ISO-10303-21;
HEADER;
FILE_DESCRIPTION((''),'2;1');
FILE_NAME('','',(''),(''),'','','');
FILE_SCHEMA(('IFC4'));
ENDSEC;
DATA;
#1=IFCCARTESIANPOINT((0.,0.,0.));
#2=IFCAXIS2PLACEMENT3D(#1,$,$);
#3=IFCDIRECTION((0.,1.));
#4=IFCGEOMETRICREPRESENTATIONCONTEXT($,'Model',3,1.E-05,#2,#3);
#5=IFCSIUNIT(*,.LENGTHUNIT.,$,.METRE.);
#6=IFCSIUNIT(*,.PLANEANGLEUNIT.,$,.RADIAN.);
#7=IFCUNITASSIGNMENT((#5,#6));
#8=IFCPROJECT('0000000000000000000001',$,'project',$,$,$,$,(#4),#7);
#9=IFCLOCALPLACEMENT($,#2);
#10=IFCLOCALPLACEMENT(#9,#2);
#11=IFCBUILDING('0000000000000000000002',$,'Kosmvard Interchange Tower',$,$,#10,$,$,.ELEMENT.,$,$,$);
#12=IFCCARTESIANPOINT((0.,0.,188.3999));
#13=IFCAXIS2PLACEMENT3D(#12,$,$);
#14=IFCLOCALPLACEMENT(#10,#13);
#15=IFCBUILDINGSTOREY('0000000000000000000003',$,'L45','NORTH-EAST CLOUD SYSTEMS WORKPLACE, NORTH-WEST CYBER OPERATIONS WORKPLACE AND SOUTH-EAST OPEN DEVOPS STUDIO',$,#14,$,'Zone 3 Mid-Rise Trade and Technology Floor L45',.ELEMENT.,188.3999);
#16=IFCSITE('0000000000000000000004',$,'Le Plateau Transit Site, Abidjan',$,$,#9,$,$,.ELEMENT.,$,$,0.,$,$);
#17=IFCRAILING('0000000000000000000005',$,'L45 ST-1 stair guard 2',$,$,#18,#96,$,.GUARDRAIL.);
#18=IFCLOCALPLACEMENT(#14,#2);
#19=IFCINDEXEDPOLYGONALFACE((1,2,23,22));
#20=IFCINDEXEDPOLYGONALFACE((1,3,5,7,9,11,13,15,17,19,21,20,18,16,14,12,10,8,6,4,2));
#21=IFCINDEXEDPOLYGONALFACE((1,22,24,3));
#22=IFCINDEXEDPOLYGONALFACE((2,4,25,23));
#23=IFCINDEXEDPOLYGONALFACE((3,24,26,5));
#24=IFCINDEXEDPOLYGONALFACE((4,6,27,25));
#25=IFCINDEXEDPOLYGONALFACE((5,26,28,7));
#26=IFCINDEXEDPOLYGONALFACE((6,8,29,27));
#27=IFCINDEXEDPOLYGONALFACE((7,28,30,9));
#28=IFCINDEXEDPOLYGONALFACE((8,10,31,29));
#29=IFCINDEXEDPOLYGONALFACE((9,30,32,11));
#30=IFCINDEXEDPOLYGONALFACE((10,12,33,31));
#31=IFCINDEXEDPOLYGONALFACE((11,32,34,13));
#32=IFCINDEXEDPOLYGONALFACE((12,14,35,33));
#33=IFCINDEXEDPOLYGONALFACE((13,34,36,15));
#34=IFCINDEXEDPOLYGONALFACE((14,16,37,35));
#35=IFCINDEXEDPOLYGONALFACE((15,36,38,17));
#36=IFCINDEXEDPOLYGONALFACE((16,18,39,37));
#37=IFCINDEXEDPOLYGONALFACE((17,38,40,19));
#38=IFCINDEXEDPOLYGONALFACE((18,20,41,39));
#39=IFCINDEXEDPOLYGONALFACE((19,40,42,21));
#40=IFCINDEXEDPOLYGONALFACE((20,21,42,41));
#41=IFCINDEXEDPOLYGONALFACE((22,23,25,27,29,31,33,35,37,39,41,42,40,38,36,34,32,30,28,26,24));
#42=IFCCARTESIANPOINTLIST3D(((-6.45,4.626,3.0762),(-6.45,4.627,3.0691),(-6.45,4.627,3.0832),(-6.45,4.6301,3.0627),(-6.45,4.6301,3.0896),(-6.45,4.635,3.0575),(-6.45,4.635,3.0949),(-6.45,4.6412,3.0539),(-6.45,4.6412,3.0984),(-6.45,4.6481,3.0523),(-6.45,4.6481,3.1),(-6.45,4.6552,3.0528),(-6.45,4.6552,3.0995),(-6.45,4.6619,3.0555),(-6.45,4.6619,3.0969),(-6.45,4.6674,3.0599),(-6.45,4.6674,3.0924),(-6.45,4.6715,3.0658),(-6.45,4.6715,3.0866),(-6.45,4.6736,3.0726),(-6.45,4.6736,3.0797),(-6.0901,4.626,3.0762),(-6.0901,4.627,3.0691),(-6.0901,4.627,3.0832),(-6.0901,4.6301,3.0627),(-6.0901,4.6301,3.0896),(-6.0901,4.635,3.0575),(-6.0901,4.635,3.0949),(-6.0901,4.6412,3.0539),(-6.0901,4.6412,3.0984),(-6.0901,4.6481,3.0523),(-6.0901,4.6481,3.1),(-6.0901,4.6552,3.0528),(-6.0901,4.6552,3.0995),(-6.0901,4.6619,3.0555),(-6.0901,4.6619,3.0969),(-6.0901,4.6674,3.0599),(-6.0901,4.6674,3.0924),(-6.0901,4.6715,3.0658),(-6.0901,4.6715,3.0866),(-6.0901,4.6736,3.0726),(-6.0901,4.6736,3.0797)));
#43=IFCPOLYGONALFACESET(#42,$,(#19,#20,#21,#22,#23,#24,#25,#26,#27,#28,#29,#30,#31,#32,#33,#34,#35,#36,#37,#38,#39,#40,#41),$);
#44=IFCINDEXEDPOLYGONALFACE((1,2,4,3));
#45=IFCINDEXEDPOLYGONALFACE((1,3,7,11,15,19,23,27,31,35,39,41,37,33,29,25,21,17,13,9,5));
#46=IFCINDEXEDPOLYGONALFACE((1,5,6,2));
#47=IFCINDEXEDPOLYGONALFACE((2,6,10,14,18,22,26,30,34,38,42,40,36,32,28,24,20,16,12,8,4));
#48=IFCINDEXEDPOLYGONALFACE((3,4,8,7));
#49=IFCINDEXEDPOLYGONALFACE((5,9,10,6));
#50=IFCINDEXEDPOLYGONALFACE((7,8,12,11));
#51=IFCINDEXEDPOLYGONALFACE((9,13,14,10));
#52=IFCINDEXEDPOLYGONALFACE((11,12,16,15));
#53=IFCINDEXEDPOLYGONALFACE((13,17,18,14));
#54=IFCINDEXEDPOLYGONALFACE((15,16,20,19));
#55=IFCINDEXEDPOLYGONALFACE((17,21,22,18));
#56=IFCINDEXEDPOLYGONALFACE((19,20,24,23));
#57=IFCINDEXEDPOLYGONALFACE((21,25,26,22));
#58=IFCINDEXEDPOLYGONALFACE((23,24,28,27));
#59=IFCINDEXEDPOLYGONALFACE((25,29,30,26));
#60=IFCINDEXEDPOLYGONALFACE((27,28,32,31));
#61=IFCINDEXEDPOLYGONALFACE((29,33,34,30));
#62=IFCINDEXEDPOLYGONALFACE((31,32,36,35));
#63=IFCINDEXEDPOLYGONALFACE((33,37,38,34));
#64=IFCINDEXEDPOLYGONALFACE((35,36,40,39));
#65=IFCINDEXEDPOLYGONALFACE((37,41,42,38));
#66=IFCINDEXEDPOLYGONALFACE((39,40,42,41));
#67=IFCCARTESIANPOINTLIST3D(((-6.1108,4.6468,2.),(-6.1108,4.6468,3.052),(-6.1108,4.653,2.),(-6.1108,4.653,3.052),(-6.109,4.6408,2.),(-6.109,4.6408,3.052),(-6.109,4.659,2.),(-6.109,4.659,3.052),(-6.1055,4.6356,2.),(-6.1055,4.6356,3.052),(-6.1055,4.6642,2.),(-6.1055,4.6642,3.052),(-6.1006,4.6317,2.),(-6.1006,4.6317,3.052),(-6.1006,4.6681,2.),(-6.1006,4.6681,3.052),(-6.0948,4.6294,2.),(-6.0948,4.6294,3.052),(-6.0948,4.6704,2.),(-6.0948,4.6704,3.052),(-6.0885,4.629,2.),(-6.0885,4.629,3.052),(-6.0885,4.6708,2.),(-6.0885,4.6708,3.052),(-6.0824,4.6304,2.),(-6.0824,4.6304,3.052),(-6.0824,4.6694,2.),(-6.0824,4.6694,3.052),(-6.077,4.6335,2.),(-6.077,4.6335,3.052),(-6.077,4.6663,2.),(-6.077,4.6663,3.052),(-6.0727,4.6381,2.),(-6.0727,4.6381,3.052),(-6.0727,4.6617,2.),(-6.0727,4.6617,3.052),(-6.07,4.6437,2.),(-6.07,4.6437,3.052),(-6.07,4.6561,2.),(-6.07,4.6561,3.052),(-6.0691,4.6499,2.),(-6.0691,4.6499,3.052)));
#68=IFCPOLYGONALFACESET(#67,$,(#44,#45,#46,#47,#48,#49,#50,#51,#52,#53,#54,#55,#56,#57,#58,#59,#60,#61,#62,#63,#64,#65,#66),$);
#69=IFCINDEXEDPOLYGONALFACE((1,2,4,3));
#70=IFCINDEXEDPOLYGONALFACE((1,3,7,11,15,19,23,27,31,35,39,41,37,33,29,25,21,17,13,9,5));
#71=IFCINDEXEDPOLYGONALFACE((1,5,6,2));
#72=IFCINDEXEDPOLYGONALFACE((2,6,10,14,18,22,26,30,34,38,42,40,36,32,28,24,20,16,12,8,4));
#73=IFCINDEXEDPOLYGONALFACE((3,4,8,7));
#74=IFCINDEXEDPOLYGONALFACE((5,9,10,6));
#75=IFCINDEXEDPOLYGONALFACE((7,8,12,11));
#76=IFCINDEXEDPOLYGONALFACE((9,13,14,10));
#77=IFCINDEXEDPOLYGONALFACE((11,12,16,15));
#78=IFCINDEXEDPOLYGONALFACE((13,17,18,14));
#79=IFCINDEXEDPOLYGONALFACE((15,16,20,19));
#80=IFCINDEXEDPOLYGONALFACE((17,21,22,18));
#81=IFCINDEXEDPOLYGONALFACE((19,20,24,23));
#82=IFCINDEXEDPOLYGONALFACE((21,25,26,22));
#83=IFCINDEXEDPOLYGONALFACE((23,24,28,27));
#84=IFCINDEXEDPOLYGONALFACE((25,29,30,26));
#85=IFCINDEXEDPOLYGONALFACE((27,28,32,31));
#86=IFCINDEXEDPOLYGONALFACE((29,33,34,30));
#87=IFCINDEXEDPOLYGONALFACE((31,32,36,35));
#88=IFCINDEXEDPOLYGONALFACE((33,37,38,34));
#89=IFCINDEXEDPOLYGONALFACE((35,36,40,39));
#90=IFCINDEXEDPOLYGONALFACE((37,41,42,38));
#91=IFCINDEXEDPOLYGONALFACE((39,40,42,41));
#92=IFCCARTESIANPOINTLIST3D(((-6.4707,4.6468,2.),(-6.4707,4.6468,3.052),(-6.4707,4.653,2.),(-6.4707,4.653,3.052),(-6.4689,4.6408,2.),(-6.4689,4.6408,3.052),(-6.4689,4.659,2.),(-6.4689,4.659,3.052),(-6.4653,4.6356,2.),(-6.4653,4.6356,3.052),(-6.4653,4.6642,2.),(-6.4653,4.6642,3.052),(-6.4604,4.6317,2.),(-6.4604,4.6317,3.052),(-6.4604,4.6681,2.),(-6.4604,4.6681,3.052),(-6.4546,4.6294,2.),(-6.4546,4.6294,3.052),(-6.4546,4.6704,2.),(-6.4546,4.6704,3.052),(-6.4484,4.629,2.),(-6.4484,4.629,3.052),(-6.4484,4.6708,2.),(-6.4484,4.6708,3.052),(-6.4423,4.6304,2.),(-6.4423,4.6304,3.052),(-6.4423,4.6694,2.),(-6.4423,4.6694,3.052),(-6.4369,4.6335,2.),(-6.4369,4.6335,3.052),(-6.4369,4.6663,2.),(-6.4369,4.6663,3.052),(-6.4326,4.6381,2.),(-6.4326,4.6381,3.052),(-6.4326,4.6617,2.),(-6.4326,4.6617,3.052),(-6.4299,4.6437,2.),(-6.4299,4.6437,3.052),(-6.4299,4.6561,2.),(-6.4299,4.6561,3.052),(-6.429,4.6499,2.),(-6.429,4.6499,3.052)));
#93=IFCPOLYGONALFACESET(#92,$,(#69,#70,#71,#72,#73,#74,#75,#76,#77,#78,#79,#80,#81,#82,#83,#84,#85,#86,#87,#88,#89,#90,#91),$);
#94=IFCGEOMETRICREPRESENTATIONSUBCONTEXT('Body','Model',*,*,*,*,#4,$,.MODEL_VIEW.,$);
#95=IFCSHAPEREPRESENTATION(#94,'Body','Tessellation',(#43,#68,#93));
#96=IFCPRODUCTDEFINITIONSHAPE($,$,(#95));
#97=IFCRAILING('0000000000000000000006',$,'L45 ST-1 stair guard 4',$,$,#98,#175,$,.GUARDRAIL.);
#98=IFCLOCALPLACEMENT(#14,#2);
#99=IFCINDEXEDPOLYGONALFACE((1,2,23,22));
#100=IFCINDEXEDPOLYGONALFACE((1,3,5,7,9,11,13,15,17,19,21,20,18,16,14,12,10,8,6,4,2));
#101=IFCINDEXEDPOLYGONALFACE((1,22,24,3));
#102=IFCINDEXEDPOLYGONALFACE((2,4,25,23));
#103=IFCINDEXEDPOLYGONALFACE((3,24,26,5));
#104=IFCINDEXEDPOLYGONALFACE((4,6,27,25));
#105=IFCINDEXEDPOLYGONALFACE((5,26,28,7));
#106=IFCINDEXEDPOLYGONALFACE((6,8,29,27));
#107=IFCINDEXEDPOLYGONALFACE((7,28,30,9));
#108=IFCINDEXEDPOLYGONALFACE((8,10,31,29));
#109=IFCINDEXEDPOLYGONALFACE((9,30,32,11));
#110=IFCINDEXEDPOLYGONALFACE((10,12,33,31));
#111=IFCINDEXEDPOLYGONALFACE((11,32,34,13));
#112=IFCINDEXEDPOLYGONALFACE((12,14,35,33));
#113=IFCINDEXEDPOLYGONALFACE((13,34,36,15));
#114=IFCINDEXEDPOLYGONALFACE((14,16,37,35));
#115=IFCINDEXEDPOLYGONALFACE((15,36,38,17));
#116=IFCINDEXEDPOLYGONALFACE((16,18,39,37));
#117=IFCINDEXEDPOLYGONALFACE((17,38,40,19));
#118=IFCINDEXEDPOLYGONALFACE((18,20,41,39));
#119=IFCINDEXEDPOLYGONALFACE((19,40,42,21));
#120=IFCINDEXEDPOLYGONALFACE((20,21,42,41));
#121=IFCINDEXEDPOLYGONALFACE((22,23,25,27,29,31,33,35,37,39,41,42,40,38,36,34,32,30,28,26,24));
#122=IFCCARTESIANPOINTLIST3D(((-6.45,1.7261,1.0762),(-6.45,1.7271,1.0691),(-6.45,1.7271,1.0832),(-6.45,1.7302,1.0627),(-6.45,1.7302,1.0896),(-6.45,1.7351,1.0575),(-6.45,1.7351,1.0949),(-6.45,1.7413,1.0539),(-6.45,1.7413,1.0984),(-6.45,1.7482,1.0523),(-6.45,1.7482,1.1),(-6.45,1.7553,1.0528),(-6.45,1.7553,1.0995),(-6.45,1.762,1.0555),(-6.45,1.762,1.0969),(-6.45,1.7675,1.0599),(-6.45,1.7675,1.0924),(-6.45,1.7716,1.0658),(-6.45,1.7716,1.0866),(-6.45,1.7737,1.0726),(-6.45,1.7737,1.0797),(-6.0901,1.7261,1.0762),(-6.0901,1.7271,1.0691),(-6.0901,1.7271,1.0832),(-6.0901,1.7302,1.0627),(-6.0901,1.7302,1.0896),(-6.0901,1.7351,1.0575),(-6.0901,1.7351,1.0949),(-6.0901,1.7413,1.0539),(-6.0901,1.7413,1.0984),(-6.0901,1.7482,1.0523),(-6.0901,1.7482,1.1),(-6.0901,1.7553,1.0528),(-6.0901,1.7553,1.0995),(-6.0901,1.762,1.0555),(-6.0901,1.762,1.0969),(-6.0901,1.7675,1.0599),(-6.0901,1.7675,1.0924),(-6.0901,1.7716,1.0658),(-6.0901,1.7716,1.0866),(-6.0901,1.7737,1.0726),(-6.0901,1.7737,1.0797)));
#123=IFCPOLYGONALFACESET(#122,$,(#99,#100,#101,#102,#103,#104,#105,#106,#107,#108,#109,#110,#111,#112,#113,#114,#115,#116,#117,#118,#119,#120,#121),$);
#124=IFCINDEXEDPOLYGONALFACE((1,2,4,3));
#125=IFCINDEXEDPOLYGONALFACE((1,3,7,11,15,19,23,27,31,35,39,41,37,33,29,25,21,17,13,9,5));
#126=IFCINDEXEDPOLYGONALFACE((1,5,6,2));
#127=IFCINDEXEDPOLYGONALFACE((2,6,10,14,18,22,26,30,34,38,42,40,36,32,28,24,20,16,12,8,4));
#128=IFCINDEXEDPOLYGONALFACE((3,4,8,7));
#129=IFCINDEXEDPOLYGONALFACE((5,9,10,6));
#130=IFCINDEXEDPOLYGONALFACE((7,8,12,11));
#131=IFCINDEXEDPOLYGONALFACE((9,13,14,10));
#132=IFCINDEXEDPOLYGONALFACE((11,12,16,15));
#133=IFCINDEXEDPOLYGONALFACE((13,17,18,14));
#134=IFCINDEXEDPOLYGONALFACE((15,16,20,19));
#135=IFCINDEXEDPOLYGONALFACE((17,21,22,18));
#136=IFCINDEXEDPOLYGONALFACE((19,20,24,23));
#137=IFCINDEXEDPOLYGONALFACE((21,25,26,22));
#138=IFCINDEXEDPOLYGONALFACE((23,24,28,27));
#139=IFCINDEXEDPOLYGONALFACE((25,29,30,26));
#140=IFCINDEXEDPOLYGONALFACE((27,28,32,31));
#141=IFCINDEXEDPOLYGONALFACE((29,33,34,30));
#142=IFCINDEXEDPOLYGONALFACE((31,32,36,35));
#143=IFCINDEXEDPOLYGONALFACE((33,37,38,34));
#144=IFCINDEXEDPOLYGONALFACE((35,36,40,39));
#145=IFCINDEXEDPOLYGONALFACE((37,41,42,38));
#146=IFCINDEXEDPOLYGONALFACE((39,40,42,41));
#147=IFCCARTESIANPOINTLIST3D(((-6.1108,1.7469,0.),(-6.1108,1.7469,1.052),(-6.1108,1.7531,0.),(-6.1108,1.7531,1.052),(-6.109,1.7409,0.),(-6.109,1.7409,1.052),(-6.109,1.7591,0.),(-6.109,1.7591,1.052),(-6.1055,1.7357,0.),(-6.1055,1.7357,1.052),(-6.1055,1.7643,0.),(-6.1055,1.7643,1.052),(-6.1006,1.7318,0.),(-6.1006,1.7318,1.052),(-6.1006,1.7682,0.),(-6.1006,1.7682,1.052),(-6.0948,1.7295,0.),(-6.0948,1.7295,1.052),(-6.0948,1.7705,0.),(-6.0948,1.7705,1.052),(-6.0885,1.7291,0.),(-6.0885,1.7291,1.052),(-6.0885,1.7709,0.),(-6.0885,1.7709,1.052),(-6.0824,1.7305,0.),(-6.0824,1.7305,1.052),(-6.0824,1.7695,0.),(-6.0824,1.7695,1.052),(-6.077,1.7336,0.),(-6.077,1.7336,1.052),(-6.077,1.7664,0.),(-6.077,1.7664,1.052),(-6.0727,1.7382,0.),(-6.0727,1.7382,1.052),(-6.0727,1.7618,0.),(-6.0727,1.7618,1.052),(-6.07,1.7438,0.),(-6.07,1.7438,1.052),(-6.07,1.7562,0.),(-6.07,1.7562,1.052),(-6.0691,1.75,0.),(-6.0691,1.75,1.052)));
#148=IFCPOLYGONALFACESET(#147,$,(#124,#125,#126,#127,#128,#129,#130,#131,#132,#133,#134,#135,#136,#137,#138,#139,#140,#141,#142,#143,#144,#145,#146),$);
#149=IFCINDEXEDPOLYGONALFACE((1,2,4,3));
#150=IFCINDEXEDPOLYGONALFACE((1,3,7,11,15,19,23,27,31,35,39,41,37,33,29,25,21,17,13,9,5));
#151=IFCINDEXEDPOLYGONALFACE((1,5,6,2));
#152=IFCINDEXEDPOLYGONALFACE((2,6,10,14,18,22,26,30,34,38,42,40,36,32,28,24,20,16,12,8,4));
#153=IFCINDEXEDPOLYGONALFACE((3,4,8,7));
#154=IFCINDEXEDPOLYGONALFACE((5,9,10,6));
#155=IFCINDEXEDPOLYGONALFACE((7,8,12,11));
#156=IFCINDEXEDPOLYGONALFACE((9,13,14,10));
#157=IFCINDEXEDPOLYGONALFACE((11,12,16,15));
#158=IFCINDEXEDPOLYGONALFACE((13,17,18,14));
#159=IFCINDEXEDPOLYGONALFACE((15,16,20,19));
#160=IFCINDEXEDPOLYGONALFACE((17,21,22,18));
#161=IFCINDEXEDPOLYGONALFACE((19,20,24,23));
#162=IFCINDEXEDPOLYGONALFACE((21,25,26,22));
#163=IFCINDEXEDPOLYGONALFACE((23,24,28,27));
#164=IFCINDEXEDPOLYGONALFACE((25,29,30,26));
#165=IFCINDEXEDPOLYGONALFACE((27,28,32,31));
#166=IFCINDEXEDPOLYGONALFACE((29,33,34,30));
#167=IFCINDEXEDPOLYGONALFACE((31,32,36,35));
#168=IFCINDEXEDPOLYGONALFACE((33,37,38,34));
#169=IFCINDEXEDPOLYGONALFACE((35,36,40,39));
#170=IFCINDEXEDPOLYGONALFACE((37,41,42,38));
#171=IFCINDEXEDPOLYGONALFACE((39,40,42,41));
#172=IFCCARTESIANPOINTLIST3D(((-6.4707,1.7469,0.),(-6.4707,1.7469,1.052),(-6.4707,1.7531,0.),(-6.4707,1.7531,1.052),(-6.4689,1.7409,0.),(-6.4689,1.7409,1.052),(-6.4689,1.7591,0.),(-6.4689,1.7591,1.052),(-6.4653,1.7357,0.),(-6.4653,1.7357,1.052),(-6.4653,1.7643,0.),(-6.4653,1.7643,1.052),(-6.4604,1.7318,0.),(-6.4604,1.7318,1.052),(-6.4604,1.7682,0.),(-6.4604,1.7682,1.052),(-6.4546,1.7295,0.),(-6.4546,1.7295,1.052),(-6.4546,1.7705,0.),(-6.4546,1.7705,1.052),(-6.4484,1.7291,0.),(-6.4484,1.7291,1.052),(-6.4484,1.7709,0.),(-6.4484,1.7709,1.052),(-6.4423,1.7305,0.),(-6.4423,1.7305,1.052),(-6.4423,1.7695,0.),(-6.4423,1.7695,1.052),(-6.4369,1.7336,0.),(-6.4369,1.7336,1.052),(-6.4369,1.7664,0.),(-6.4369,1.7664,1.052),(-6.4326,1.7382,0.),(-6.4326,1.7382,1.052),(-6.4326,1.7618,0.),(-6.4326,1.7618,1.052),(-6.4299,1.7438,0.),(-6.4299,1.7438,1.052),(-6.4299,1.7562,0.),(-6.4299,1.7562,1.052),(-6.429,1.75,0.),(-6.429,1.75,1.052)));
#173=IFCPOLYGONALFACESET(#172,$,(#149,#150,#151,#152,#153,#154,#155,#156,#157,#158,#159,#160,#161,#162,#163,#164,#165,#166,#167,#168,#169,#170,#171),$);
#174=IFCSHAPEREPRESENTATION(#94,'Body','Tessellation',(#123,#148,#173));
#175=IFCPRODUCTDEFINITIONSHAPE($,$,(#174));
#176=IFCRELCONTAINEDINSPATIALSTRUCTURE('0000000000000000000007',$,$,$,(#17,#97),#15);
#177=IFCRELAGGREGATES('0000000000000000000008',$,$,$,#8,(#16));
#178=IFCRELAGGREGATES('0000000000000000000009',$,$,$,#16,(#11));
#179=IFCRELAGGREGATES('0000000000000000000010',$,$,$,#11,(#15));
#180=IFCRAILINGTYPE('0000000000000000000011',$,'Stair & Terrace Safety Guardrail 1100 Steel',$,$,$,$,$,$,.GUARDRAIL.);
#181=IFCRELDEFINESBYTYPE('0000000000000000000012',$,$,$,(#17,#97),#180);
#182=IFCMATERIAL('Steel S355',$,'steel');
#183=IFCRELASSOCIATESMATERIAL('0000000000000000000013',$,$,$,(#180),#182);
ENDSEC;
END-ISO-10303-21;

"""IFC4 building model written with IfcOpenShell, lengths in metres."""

from ifc_helpers import new_model, si_unit, direction, frame, origin, origin_2d, place, context, subcontext, project, spatial, circle, extrude, source, transform, mapped, material, type_object, element, save


model = new_model("IFC4")

# Units and contexts
model_context = context("Model", 3, precision=1e-05, world=origin(), true_north=direction((0.0, 1.0)))
body_context = subcontext(model_context, "Body", "Model", "MODEL_VIEW")
ifc_project = project(units=[si_unit("LENGTHUNIT", "METRE"), si_unit("PLANEANGLEUNIT", "RADIAN")], contexts=[model_context])

# Site, building, storey
site_placement = place(None, origin())
site = spatial("IfcSite", under=ifc_project, at=site_placement, Name="Le Plateau Transit Site, Abidjan", CompositionType="ELEMENT", RefElevation=0.0)
building_placement = place(site_placement, origin())
building = spatial("IfcBuilding", under=site, at=building_placement, Name="Kosmvard Interchange Tower", CompositionType="ELEMENT")
storey_placement = place(building_placement, frame((0.0, 0.0, 188.3999)))
storey = spatial("IfcBuildingStorey", under=building, at=storey_placement, Name="L45", Description="NORTH-EAST CLOUD SYSTEMS WORKPLACE, NORTH-WEST CYBER OPERATIONS WORKPLACE AND SOUTH-EAST OPEN DEVOPS STUDIO", LongName="Zone 3 Mid-Rise Trade and Technology Floor L45", CompositionType="ELEMENT", Elevation=188.3999)

# Shared definitions
ifc_material_1 = material(Name="Steel S355", Category="steel")

# Railings
railing_type_1 = type_object("IfcRailingType", Name="Stair & Terrace Safety Guardrail 1100 Steel", PredefinedType="GUARDRAIL", material=ifc_material_1)
shared_shape_1 = source(origin(), body_context, "Body", "SweptSolid", [
    extrude(circle(Radius=0.0239, at=origin_2d()), frame((0.0, 0.0, 1.0762), z_axis=(-1.0, 0.0, 0.0), x_axis=(0.0, -1.0, 0.0)), (0.0, 0.0, 1.0), 0.3599),
    extrude(circle(Radius=0.021, at=origin_2d()), origin(), (0.0, 0.0, 1.0), 1.052),
    extrude(circle(Radius=0.021, at=origin_2d()), frame((-0.3599, 0.0, 0.0)), (0.0, 0.0, 1.0), 1.052),
])
for number, where, name in (
    (1, (-6.0901, 4.6499, 2.0), "L45 ST-1 stair guard 2"),
    (2, (-6.0901, 1.75, 0.0), "L45 ST-1 stair guard 4"),
):
    element("IfcRailing", number, at=place(storey_placement, frame(where)), inside=storey, type_object=railing_type_1, Name=name, PredefinedType="GUARDRAIL", context=body_context, shape_type="MappedRepresentation", body=[
        mapped(shared_shape_1, transform((0.0, 0.0, 0.0), scale=1.0)),
    ])

save(model, "model.ifc")
